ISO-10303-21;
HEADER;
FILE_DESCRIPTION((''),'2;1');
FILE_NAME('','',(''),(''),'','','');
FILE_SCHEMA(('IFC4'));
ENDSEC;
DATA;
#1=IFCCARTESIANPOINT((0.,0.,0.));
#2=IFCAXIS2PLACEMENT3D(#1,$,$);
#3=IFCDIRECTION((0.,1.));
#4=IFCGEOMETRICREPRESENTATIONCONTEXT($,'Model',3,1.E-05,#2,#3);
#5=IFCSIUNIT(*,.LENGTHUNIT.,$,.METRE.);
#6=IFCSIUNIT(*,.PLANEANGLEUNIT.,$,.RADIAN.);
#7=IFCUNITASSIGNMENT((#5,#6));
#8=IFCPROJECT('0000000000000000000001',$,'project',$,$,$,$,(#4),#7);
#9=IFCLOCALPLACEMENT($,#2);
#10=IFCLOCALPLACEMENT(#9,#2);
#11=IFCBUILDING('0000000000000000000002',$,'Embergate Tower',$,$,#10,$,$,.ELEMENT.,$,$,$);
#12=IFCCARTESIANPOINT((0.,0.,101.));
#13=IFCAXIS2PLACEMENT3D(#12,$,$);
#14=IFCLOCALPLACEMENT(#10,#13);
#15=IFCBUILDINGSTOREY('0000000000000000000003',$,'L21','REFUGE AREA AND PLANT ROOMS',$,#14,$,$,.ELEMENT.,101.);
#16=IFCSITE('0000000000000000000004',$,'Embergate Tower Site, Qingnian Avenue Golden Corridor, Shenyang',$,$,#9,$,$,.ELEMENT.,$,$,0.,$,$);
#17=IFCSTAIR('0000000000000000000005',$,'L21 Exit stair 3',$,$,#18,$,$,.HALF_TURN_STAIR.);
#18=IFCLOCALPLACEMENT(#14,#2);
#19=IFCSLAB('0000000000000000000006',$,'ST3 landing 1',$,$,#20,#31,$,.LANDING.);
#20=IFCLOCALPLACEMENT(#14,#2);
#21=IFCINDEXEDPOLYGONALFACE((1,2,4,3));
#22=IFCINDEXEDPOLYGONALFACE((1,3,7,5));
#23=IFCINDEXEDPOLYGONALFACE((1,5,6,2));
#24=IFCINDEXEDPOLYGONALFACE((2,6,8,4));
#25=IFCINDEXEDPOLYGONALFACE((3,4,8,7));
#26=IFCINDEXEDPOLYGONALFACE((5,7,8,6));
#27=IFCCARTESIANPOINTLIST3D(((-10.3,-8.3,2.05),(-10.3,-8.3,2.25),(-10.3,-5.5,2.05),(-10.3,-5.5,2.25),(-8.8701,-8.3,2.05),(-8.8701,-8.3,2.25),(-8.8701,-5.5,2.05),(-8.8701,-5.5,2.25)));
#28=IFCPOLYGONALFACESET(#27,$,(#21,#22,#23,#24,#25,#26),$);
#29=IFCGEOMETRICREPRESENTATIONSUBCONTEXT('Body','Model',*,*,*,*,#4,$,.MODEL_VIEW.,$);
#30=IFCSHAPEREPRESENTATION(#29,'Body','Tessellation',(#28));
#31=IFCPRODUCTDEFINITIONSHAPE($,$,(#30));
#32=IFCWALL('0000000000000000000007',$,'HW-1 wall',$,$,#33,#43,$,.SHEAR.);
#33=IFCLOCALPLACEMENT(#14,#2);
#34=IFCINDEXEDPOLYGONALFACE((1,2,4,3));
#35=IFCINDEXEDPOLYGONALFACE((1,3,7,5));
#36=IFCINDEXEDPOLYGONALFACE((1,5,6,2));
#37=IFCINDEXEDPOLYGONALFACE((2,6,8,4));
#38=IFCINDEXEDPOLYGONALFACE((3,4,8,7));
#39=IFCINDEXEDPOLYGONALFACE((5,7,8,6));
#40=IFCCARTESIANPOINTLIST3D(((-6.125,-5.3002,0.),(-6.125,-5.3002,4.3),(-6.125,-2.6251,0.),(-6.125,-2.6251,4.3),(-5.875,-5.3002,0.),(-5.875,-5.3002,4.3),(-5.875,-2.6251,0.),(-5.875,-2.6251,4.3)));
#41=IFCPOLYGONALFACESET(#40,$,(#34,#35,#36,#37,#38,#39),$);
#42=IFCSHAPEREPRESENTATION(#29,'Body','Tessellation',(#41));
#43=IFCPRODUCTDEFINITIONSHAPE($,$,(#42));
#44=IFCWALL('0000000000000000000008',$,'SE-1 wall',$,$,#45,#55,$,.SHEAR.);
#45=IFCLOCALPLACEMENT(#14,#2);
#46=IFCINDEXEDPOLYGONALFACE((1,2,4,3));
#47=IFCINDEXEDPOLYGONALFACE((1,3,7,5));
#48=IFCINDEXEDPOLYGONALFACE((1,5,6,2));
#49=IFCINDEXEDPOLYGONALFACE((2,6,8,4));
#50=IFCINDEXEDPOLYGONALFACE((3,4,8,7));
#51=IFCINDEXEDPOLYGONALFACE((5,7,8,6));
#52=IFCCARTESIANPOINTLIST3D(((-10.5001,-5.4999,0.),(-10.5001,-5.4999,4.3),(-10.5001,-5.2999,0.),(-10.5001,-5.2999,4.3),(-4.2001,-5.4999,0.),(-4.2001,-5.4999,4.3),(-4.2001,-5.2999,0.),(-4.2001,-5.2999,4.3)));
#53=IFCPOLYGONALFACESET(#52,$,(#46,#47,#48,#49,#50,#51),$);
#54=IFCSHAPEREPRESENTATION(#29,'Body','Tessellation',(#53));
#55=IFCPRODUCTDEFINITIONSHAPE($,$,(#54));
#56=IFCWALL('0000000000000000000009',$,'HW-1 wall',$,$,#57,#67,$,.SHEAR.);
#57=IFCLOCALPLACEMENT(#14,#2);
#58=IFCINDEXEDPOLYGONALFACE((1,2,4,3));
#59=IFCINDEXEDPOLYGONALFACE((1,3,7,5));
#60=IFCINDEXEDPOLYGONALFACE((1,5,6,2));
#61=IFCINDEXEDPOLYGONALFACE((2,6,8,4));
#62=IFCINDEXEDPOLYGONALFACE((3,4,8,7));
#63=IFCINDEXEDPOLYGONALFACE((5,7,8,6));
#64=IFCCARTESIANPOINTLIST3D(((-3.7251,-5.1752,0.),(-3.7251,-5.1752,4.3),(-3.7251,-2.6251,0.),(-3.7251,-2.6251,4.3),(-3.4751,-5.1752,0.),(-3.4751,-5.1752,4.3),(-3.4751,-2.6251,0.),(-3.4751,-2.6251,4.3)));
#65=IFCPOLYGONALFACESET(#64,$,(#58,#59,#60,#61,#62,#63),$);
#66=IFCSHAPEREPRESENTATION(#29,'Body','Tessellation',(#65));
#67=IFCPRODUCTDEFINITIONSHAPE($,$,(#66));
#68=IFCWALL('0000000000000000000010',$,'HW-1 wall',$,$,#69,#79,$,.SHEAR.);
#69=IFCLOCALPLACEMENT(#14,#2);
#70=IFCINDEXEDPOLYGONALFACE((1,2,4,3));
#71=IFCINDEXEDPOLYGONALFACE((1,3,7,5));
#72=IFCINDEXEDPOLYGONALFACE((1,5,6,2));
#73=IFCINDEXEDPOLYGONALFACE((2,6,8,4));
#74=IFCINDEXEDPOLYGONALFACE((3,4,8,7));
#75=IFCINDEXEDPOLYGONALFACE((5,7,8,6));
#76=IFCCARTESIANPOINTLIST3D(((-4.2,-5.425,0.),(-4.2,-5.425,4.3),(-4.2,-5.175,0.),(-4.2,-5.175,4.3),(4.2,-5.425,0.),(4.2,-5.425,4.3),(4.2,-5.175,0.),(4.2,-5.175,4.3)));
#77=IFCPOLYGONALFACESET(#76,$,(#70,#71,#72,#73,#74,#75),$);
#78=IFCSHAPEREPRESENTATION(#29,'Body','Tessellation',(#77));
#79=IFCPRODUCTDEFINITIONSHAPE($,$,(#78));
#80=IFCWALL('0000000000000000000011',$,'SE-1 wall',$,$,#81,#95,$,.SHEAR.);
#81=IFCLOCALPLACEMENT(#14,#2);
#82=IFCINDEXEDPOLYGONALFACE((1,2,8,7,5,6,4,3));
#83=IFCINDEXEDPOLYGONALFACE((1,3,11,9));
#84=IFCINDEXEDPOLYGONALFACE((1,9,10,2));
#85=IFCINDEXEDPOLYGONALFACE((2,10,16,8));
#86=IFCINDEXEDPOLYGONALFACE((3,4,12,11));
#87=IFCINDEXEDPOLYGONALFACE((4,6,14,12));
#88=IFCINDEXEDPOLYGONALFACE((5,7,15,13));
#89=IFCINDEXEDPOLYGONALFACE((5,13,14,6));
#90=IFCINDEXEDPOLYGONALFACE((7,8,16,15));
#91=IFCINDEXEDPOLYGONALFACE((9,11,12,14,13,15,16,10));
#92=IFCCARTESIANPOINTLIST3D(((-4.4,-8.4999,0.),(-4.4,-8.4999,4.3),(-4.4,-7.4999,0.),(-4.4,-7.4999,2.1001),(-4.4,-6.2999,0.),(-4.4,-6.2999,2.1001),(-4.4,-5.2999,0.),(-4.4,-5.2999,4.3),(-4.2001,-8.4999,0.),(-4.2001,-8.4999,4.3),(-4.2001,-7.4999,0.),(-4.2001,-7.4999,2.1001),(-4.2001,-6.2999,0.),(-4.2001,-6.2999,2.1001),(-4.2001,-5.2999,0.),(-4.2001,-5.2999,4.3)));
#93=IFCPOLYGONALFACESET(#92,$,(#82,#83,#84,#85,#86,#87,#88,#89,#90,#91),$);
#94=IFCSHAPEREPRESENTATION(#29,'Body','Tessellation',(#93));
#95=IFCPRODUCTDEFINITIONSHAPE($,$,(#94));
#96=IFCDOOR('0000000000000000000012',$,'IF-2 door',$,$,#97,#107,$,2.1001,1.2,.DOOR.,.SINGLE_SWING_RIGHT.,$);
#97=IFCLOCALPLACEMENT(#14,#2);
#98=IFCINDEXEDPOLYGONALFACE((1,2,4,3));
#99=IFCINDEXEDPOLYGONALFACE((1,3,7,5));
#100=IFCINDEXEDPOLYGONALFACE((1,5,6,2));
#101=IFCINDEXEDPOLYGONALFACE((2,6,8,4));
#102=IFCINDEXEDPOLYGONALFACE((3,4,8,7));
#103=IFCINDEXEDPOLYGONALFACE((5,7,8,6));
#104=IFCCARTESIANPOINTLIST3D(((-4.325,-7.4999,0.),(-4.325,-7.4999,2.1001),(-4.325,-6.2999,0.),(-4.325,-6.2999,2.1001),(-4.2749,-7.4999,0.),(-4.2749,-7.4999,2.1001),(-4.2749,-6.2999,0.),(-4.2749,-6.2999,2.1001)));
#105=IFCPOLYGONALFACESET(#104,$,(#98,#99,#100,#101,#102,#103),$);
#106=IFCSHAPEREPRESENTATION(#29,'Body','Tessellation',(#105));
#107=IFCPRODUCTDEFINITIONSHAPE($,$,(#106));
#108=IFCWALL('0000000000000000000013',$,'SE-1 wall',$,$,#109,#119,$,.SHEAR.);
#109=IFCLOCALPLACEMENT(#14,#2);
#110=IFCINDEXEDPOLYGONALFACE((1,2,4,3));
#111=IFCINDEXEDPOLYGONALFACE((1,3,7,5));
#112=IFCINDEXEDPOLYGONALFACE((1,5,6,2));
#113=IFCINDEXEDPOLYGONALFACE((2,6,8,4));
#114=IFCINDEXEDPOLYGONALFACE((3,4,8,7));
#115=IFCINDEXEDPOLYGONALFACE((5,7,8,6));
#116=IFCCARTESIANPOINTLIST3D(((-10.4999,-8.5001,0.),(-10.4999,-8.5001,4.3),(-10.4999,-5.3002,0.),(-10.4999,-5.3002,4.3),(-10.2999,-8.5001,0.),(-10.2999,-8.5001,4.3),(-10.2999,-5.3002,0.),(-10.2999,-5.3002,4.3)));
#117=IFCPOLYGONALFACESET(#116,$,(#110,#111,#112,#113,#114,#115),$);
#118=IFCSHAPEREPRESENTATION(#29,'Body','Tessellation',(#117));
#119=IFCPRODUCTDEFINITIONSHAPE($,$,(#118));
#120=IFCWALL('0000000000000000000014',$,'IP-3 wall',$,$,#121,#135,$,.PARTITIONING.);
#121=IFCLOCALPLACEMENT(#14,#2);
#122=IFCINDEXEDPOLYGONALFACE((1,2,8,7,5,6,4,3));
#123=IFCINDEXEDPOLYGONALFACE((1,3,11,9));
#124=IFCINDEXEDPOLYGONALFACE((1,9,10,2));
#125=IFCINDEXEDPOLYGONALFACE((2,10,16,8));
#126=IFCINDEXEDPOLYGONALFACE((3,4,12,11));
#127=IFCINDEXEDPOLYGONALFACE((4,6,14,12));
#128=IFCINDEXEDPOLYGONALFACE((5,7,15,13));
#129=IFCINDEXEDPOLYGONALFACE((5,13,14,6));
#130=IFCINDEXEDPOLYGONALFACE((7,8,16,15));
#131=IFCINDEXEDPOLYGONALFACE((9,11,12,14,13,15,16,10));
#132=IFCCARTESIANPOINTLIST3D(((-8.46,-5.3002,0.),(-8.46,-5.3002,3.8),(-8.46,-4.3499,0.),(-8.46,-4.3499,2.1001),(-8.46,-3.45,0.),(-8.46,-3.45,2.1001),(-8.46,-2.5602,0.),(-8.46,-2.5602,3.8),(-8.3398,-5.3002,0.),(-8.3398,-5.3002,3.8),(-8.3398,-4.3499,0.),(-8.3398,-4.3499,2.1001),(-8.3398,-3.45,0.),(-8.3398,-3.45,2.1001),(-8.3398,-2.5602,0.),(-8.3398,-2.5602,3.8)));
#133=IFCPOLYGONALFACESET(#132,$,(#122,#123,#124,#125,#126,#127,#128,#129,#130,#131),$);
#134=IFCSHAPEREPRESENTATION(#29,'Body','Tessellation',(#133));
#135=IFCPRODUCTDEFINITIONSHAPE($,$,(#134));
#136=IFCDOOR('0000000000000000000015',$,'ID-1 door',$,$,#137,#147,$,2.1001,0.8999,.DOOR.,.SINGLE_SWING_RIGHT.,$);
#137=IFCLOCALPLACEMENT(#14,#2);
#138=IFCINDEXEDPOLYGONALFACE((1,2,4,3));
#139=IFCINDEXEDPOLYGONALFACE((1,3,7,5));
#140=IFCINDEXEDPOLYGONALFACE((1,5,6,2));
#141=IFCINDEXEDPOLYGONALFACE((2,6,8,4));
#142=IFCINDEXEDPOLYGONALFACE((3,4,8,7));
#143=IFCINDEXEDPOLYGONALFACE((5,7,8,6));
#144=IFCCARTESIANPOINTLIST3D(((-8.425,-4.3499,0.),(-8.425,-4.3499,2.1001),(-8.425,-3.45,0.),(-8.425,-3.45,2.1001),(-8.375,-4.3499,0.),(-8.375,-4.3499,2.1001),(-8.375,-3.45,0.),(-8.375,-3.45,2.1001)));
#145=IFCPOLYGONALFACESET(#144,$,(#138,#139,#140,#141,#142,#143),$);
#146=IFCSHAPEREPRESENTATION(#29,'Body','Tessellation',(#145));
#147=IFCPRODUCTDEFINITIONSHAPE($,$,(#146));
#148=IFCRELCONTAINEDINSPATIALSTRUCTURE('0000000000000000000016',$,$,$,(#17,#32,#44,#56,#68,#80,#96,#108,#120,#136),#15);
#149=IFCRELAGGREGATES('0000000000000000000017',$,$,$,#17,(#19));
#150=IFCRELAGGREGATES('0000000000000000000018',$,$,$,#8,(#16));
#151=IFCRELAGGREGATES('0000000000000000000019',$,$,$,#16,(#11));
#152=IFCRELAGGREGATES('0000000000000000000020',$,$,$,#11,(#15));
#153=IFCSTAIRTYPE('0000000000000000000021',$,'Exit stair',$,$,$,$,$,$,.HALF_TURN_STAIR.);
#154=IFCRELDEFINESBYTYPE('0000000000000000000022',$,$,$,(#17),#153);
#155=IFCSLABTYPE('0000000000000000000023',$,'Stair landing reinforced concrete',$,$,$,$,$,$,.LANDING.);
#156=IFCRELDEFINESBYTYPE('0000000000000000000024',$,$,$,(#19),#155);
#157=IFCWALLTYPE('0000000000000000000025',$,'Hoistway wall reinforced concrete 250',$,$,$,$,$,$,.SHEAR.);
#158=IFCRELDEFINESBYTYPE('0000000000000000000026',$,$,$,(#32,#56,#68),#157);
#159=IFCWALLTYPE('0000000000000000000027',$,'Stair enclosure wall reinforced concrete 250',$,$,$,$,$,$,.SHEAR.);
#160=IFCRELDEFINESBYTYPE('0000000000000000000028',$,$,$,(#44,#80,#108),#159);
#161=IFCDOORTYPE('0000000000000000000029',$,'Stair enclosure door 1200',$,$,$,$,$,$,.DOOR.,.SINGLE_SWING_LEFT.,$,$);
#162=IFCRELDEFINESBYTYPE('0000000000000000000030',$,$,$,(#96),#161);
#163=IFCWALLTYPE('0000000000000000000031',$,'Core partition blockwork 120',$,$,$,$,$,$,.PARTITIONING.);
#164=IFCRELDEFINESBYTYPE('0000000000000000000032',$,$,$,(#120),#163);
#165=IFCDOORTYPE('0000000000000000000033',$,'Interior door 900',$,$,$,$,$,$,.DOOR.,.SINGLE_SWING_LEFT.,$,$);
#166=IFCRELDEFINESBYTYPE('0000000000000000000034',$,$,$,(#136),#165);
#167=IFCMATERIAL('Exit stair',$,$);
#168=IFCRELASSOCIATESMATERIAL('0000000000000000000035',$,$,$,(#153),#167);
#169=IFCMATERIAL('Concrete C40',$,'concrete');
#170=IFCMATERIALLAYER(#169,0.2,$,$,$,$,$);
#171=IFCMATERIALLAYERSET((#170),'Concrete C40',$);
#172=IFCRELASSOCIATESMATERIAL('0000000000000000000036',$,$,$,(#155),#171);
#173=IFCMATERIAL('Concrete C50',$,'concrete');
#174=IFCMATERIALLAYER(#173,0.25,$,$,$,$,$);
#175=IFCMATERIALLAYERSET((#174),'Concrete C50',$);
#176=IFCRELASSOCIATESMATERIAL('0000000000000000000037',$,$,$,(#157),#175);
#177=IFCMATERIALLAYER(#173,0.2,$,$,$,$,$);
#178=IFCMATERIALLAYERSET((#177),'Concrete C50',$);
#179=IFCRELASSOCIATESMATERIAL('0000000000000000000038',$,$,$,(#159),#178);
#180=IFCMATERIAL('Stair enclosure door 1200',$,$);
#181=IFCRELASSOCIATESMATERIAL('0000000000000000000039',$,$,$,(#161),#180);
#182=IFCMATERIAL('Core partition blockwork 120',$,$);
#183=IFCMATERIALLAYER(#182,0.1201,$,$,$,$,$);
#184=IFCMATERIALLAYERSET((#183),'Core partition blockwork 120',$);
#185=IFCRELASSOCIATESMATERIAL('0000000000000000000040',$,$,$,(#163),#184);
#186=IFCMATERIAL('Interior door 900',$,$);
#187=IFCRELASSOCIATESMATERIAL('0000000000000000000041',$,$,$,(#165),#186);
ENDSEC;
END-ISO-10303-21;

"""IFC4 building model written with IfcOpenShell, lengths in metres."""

from ifc_helpers import new_model, si_unit, direction, frame, frame_2d, origin, place, context, subcontext, project, spatial, polyline, rectangle, outline, extrude, source, transform, mapped, material, layer, layer_set, type_object, element, fill, aggregate, save


model = new_model("IFC4")

# Units and contexts
model_context = context("Model", 3, precision=1e-05, world=origin(), true_north=direction((0.0, 1.0)))
body_context = subcontext(model_context, "Body", "Model", "MODEL_VIEW")
ifc_project = project(units=[si_unit("LENGTHUNIT", "METRE"), si_unit("PLANEANGLEUNIT", "RADIAN")], contexts=[model_context])

# Site, building, storey
site_placement = place(None, origin())
site = spatial("IfcSite", under=ifc_project, at=site_placement, Name="Embergate Tower Site, Qingnian Avenue Golden Corridor, Shenyang", CompositionType="ELEMENT", RefElevation=0.0)
building_placement = place(site_placement, origin())
building = spatial("IfcBuilding", under=site, at=building_placement, Name="Embergate Tower", CompositionType="ELEMENT")
storey_placement = place(building_placement, frame((0.0, 0.0, 101.0)))
storey = spatial("IfcBuildingStorey", under=building, at=storey_placement, Name="L21", Description="REFUGE AREA AND PLANT ROOMS", CompositionType="ELEMENT", Elevation=101.0)

# Stair, slab
ifc_material_1 = material(Name="Exit stair")
stair_type = type_object("IfcStairType", Name="Exit stair", PredefinedType="HALF_TURN_STAIR", material=ifc_material_1)
stair_placement = place(storey_placement, origin())
stair = element("IfcStair", 1, at=stair_placement, inside=storey, type_object=stair_type, Name="L21 Exit stair 3", PredefinedType="HALF_TURN_STAIR")
ifc_material_2 = material(Name="Concrete C40", Category="concrete")
ifc_layer_1 = layer(ifc_material_2, 0.2)
ifc_layer_set_1 = layer_set([ifc_layer_1], Name="Concrete C40")
slab_type = type_object("IfcSlabType", Name="Stair landing reinforced concrete", PredefinedType="LANDING", material=ifc_layer_set_1)
shared_shape_1 = source(origin(), body_context, "Body", "SweptSolid", [
    extrude(outline(polyline([(0.0, 0.0), (1.4299, 0.0), (1.4299, 2.8), (0.0, 2.8), (0.0, 0.0)])), origin(), (0.0, 0.0, 1.0), 0.2),
])
slab_placement = place(storey_placement, frame((-10.3, -8.3, 2.05)))
slab = element("IfcSlab", 2, at=slab_placement, type_object=slab_type, Name="ST3 landing 1", PredefinedType="LANDING", context=body_context, shape_type="MappedRepresentation", body=[
    mapped(shared_shape_1, transform((0.0, 0.0, 0.0))),
])

# Walls
ifc_material_3 = material(Name="Concrete C50", Category="concrete")
ifc_layer_2 = layer(ifc_material_3, 0.25)
ifc_layer_set_2 = layer_set([ifc_layer_2], Name="Concrete C50")
wall_type_1 = type_object("IfcWallType", Name="Hoistway wall reinforced concrete 250", PredefinedType="SHEAR", material=ifc_layer_set_2)
shared_shape_2 = source(origin(), body_context, "Body", "SweptSolid", [
    extrude(rectangle(XDim=2.675, YDim=0.25, at=frame_2d((1.3374, 0.0))), origin(), (0.0, 0.0, 1.0), 4.3),
])
wall_1_placement = place(storey_placement, frame((-6.0, -5.3, 0.0), z_axis=(0.0, 0.0, 1.0), x_axis=(0.0, 1.0, 0.0)))
element("IfcWall", 3, at=wall_1_placement, inside=storey, type_object=wall_type_1, Name="HW-1 wall", PredefinedType="SHEAR", context=body_context, shape_type="MappedRepresentation", body=[
    mapped(shared_shape_2, transform((0.0, 0.0, 0.0))),
])
ifc_layer_3 = layer(ifc_material_3, 0.2)
ifc_layer_set_3 = layer_set([ifc_layer_3], Name="Concrete C50")
wall_type_2 = type_object("IfcWallType", Name="Stair enclosure wall reinforced concrete 250", PredefinedType="SHEAR", material=ifc_layer_set_3)
shared_shape_3 = source(origin(), body_context, "Body", "SweptSolid", [
    extrude(rectangle(XDim=6.3, YDim=0.2, at=frame_2d((3.1499, 0.0))), origin(), (0.0, 0.0, 1.0), 4.3),
])
wall_2_placement = place(storey_placement, frame((-10.5, -5.3999, 0.0), z_axis=(0.0, 0.0, 1.0), x_axis=(1.0, 0.0, 0.0)))
element("IfcWall", 4, at=wall_2_placement, inside=storey, type_object=wall_type_2, Name="SE-1 wall", PredefinedType="SHEAR", context=body_context, shape_type="MappedRepresentation", body=[
    mapped(shared_shape_3, transform((0.0, 0.0, 0.0))),
])
shared_shape_4 = source(origin(), body_context, "Body", "SweptSolid", [
    extrude(rectangle(XDim=2.55, YDim=0.25, at=frame_2d((1.2749, 0.0))), origin(), (0.0, 0.0, 1.0), 4.3),
])
wall_3_placement = place(storey_placement, frame((-3.6001, -5.175, 0.0), z_axis=(0.0, 0.0, 1.0), x_axis=(0.0, 1.0, 0.0)))
element("IfcWall", 5, at=wall_3_placement, inside=storey, type_object=wall_type_1, Name="HW-1 wall", PredefinedType="SHEAR", context=body_context, shape_type="MappedRepresentation", body=[
    mapped(shared_shape_4, transform((0.0, 0.0, 0.0))),
])
shared_shape_5 = source(origin(), body_context, "Body", "SweptSolid", [
    extrude(rectangle(XDim=8.3999, YDim=0.25, at=frame_2d((4.2, 0.0))), origin(), (0.0, 0.0, 1.0), 4.3),
])
wall_4_placement = place(storey_placement, frame((-4.2, -5.3, 0.0), z_axis=(0.0, 0.0, 1.0), x_axis=(1.0, 0.0, 0.0)))
element("IfcWall", 6, at=wall_4_placement, inside=storey, type_object=wall_type_1, Name="HW-1 wall", PredefinedType="SHEAR", context=body_context, shape_type="MappedRepresentation", body=[
    mapped(shared_shape_5, transform((0.0, 0.0, 0.0))),
])

# Wall, opening, door
shared_shape_6 = source(origin(), body_context, "Body", "SweptSolid", [
    extrude(rectangle(XDim=3.2, YDim=0.2, at=frame_2d((1.6001, 0.0))), origin(), (0.0, 0.0, 1.0), 4.3),
])
wall_5_placement = place(storey_placement, frame((-4.3, -8.5, 0.0), z_axis=(0.0, 0.0, 1.0), x_axis=(0.0, 1.0, 0.0)))
wall_5 = element("IfcWall", 7, at=wall_5_placement, inside=storey, type_object=wall_type_2, Name="SE-1 wall", PredefinedType="SHEAR", context=body_context, shape_type="MappedRepresentation", body=[
    mapped(shared_shape_6, transform((0.0, 0.0, 0.0))),
])
shared_shape_7 = source(origin(), body_context, "Body", "SweptSolid", [
    extrude(rectangle(XDim=1.2, YDim=2.1001, at=frame_2d((0.6001, 1.05))), frame((0.0, 0.1099, 0.0), z_axis=(0.0, -1.0, 0.0), x_axis=(1.0, 0.0, 0.0)), (0.0, 0.0, 1.0), 0.22),
])
opening_1_placement = place(wall_5_placement, frame((1.0, 0.0, 0.0)))
opening_1 = element("IfcOpeningElement", 8, at=opening_1_placement, cuts=wall_5, PredefinedType="OPENING", context=body_context, shape_type="MappedRepresentation", body=[
    mapped(shared_shape_7, transform((0.0, 0.0, 0.0))),
])
ifc_material_4 = material(Name="Stair enclosure door 1200")
door_type_1 = type_object("IfcDoorType", Name="Stair enclosure door 1200", OperationType="SINGLE_SWING_LEFT", PredefinedType="DOOR", material=ifc_material_4)
shared_shape_8 = source(origin(), body_context, "Body", "SweptSolid", [
    extrude(rectangle(XDim=1.2, YDim=2.1001, at=frame_2d((0.6001, 1.05))), frame((0.0, 0.0249, 0.0), z_axis=(0.0, -1.0, 0.0), x_axis=(1.0, 0.0, 0.0)), (0.0, 0.0, 1.0), 0.05),
])
door_1_placement = place(opening_1_placement, origin())
door_1 = element("IfcDoor", 9, at=door_1_placement, inside=storey, type_object=door_type_1, Name="IF-2 door", OperationType="SINGLE_SWING_RIGHT", OverallHeight=2.1001, OverallWidth=1.2, PredefinedType="DOOR", context=body_context, shape_type="MappedRepresentation", body=[
    mapped(shared_shape_8, transform((0.0, 0.0, 0.0))),
])
fill(opening_1, door_1)

# Wall
wall_6_placement = place(storey_placement, frame((-10.3999, -5.3, 0.0), z_axis=(0.0, 0.0, 1.0), x_axis=(0.0, -1.0, 0.0)))
element("IfcWall", 10, at=wall_6_placement, inside=storey, type_object=wall_type_2, Name="SE-1 wall", PredefinedType="SHEAR", context=body_context, shape_type="MappedRepresentation", body=[
    mapped(shared_shape_6, transform((0.0, 0.0, 0.0))),
])

# Wall, opening, door
ifc_material_5 = material(Name="Core partition blockwork 120")
ifc_layer_4 = layer(ifc_material_5, 0.1201)
ifc_layer_set_4 = layer_set([ifc_layer_4], Name="Core partition blockwork 120")
wall_type_3 = type_object("IfcWallType", Name="Core partition blockwork 120", PredefinedType="PARTITIONING", material=ifc_layer_set_4)
shared_shape_9 = source(origin(), body_context, "Body", "SweptSolid", [
    extrude(rectangle(XDim=2.74, YDim=0.1201, at=frame_2d((1.3701, 0.0))), origin(), (0.0, 0.0, 1.0), 3.8),
])
wall_7_placement = place(storey_placement, frame((-8.3999, -2.5601, 0.0), z_axis=(0.0, 0.0, 1.0), x_axis=(0.0, -1.0, 0.0)))
wall_7 = element("IfcWall", 11, at=wall_7_placement, inside=storey, type_object=wall_type_3, Name="IP-3 wall", PredefinedType="PARTITIONING", context=body_context, shape_type="MappedRepresentation", body=[
    mapped(shared_shape_9, transform((0.0, 0.0, 0.0))),
])
shared_shape_10 = source(origin(), body_context, "Body", "SweptSolid", [
    extrude(rectangle(XDim=0.8999, YDim=2.1001, at=frame_2d((0.45, 1.05))), frame((0.0, 0.0701, 0.0), z_axis=(0.0, -1.0, 0.0), x_axis=(1.0, 0.0, 0.0)), (0.0, 0.0, 1.0), 0.1401),
])
opening_2_placement = place(wall_7_placement, frame((0.8899, 0.0, 0.0)))
opening_2 = element("IfcOpeningElement", 12, at=opening_2_placement, cuts=wall_7, PredefinedType="OPENING", context=body_context, shape_type="MappedRepresentation", body=[
    mapped(shared_shape_10, transform((0.0, 0.0, 0.0))),
])
ifc_material_6 = material(Name="Interior door 900")
door_type_2 = type_object("IfcDoorType", Name="Interior door 900", OperationType="SINGLE_SWING_LEFT", PredefinedType="DOOR", material=ifc_material_6)
shared_shape_11 = source(origin(), body_context, "Body", "SweptSolid", [
    extrude(rectangle(XDim=0.8999, YDim=2.1001, at=frame_2d((0.45, 1.05))), frame((0.0, 0.0249, 0.0), z_axis=(0.0, -1.0, 0.0), x_axis=(1.0, 0.0, 0.0)), (0.0, 0.0, 1.0), 0.05),
])
door_2_placement = place(opening_2_placement, origin())
door_2 = element("IfcDoor", 13, at=door_2_placement, inside=storey, type_object=door_type_2, Name="ID-1 door", OperationType="SINGLE_SWING_RIGHT", OverallHeight=2.1001, OverallWidth=0.8999, PredefinedType="DOOR", context=body_context, shape_type="MappedRepresentation", body=[
    mapped(shared_shape_11, transform((0.0, 0.0, 0.0))),
])
fill(opening_2, door_2)

aggregate(stair, [slab])

save(model, "model.ifc")
